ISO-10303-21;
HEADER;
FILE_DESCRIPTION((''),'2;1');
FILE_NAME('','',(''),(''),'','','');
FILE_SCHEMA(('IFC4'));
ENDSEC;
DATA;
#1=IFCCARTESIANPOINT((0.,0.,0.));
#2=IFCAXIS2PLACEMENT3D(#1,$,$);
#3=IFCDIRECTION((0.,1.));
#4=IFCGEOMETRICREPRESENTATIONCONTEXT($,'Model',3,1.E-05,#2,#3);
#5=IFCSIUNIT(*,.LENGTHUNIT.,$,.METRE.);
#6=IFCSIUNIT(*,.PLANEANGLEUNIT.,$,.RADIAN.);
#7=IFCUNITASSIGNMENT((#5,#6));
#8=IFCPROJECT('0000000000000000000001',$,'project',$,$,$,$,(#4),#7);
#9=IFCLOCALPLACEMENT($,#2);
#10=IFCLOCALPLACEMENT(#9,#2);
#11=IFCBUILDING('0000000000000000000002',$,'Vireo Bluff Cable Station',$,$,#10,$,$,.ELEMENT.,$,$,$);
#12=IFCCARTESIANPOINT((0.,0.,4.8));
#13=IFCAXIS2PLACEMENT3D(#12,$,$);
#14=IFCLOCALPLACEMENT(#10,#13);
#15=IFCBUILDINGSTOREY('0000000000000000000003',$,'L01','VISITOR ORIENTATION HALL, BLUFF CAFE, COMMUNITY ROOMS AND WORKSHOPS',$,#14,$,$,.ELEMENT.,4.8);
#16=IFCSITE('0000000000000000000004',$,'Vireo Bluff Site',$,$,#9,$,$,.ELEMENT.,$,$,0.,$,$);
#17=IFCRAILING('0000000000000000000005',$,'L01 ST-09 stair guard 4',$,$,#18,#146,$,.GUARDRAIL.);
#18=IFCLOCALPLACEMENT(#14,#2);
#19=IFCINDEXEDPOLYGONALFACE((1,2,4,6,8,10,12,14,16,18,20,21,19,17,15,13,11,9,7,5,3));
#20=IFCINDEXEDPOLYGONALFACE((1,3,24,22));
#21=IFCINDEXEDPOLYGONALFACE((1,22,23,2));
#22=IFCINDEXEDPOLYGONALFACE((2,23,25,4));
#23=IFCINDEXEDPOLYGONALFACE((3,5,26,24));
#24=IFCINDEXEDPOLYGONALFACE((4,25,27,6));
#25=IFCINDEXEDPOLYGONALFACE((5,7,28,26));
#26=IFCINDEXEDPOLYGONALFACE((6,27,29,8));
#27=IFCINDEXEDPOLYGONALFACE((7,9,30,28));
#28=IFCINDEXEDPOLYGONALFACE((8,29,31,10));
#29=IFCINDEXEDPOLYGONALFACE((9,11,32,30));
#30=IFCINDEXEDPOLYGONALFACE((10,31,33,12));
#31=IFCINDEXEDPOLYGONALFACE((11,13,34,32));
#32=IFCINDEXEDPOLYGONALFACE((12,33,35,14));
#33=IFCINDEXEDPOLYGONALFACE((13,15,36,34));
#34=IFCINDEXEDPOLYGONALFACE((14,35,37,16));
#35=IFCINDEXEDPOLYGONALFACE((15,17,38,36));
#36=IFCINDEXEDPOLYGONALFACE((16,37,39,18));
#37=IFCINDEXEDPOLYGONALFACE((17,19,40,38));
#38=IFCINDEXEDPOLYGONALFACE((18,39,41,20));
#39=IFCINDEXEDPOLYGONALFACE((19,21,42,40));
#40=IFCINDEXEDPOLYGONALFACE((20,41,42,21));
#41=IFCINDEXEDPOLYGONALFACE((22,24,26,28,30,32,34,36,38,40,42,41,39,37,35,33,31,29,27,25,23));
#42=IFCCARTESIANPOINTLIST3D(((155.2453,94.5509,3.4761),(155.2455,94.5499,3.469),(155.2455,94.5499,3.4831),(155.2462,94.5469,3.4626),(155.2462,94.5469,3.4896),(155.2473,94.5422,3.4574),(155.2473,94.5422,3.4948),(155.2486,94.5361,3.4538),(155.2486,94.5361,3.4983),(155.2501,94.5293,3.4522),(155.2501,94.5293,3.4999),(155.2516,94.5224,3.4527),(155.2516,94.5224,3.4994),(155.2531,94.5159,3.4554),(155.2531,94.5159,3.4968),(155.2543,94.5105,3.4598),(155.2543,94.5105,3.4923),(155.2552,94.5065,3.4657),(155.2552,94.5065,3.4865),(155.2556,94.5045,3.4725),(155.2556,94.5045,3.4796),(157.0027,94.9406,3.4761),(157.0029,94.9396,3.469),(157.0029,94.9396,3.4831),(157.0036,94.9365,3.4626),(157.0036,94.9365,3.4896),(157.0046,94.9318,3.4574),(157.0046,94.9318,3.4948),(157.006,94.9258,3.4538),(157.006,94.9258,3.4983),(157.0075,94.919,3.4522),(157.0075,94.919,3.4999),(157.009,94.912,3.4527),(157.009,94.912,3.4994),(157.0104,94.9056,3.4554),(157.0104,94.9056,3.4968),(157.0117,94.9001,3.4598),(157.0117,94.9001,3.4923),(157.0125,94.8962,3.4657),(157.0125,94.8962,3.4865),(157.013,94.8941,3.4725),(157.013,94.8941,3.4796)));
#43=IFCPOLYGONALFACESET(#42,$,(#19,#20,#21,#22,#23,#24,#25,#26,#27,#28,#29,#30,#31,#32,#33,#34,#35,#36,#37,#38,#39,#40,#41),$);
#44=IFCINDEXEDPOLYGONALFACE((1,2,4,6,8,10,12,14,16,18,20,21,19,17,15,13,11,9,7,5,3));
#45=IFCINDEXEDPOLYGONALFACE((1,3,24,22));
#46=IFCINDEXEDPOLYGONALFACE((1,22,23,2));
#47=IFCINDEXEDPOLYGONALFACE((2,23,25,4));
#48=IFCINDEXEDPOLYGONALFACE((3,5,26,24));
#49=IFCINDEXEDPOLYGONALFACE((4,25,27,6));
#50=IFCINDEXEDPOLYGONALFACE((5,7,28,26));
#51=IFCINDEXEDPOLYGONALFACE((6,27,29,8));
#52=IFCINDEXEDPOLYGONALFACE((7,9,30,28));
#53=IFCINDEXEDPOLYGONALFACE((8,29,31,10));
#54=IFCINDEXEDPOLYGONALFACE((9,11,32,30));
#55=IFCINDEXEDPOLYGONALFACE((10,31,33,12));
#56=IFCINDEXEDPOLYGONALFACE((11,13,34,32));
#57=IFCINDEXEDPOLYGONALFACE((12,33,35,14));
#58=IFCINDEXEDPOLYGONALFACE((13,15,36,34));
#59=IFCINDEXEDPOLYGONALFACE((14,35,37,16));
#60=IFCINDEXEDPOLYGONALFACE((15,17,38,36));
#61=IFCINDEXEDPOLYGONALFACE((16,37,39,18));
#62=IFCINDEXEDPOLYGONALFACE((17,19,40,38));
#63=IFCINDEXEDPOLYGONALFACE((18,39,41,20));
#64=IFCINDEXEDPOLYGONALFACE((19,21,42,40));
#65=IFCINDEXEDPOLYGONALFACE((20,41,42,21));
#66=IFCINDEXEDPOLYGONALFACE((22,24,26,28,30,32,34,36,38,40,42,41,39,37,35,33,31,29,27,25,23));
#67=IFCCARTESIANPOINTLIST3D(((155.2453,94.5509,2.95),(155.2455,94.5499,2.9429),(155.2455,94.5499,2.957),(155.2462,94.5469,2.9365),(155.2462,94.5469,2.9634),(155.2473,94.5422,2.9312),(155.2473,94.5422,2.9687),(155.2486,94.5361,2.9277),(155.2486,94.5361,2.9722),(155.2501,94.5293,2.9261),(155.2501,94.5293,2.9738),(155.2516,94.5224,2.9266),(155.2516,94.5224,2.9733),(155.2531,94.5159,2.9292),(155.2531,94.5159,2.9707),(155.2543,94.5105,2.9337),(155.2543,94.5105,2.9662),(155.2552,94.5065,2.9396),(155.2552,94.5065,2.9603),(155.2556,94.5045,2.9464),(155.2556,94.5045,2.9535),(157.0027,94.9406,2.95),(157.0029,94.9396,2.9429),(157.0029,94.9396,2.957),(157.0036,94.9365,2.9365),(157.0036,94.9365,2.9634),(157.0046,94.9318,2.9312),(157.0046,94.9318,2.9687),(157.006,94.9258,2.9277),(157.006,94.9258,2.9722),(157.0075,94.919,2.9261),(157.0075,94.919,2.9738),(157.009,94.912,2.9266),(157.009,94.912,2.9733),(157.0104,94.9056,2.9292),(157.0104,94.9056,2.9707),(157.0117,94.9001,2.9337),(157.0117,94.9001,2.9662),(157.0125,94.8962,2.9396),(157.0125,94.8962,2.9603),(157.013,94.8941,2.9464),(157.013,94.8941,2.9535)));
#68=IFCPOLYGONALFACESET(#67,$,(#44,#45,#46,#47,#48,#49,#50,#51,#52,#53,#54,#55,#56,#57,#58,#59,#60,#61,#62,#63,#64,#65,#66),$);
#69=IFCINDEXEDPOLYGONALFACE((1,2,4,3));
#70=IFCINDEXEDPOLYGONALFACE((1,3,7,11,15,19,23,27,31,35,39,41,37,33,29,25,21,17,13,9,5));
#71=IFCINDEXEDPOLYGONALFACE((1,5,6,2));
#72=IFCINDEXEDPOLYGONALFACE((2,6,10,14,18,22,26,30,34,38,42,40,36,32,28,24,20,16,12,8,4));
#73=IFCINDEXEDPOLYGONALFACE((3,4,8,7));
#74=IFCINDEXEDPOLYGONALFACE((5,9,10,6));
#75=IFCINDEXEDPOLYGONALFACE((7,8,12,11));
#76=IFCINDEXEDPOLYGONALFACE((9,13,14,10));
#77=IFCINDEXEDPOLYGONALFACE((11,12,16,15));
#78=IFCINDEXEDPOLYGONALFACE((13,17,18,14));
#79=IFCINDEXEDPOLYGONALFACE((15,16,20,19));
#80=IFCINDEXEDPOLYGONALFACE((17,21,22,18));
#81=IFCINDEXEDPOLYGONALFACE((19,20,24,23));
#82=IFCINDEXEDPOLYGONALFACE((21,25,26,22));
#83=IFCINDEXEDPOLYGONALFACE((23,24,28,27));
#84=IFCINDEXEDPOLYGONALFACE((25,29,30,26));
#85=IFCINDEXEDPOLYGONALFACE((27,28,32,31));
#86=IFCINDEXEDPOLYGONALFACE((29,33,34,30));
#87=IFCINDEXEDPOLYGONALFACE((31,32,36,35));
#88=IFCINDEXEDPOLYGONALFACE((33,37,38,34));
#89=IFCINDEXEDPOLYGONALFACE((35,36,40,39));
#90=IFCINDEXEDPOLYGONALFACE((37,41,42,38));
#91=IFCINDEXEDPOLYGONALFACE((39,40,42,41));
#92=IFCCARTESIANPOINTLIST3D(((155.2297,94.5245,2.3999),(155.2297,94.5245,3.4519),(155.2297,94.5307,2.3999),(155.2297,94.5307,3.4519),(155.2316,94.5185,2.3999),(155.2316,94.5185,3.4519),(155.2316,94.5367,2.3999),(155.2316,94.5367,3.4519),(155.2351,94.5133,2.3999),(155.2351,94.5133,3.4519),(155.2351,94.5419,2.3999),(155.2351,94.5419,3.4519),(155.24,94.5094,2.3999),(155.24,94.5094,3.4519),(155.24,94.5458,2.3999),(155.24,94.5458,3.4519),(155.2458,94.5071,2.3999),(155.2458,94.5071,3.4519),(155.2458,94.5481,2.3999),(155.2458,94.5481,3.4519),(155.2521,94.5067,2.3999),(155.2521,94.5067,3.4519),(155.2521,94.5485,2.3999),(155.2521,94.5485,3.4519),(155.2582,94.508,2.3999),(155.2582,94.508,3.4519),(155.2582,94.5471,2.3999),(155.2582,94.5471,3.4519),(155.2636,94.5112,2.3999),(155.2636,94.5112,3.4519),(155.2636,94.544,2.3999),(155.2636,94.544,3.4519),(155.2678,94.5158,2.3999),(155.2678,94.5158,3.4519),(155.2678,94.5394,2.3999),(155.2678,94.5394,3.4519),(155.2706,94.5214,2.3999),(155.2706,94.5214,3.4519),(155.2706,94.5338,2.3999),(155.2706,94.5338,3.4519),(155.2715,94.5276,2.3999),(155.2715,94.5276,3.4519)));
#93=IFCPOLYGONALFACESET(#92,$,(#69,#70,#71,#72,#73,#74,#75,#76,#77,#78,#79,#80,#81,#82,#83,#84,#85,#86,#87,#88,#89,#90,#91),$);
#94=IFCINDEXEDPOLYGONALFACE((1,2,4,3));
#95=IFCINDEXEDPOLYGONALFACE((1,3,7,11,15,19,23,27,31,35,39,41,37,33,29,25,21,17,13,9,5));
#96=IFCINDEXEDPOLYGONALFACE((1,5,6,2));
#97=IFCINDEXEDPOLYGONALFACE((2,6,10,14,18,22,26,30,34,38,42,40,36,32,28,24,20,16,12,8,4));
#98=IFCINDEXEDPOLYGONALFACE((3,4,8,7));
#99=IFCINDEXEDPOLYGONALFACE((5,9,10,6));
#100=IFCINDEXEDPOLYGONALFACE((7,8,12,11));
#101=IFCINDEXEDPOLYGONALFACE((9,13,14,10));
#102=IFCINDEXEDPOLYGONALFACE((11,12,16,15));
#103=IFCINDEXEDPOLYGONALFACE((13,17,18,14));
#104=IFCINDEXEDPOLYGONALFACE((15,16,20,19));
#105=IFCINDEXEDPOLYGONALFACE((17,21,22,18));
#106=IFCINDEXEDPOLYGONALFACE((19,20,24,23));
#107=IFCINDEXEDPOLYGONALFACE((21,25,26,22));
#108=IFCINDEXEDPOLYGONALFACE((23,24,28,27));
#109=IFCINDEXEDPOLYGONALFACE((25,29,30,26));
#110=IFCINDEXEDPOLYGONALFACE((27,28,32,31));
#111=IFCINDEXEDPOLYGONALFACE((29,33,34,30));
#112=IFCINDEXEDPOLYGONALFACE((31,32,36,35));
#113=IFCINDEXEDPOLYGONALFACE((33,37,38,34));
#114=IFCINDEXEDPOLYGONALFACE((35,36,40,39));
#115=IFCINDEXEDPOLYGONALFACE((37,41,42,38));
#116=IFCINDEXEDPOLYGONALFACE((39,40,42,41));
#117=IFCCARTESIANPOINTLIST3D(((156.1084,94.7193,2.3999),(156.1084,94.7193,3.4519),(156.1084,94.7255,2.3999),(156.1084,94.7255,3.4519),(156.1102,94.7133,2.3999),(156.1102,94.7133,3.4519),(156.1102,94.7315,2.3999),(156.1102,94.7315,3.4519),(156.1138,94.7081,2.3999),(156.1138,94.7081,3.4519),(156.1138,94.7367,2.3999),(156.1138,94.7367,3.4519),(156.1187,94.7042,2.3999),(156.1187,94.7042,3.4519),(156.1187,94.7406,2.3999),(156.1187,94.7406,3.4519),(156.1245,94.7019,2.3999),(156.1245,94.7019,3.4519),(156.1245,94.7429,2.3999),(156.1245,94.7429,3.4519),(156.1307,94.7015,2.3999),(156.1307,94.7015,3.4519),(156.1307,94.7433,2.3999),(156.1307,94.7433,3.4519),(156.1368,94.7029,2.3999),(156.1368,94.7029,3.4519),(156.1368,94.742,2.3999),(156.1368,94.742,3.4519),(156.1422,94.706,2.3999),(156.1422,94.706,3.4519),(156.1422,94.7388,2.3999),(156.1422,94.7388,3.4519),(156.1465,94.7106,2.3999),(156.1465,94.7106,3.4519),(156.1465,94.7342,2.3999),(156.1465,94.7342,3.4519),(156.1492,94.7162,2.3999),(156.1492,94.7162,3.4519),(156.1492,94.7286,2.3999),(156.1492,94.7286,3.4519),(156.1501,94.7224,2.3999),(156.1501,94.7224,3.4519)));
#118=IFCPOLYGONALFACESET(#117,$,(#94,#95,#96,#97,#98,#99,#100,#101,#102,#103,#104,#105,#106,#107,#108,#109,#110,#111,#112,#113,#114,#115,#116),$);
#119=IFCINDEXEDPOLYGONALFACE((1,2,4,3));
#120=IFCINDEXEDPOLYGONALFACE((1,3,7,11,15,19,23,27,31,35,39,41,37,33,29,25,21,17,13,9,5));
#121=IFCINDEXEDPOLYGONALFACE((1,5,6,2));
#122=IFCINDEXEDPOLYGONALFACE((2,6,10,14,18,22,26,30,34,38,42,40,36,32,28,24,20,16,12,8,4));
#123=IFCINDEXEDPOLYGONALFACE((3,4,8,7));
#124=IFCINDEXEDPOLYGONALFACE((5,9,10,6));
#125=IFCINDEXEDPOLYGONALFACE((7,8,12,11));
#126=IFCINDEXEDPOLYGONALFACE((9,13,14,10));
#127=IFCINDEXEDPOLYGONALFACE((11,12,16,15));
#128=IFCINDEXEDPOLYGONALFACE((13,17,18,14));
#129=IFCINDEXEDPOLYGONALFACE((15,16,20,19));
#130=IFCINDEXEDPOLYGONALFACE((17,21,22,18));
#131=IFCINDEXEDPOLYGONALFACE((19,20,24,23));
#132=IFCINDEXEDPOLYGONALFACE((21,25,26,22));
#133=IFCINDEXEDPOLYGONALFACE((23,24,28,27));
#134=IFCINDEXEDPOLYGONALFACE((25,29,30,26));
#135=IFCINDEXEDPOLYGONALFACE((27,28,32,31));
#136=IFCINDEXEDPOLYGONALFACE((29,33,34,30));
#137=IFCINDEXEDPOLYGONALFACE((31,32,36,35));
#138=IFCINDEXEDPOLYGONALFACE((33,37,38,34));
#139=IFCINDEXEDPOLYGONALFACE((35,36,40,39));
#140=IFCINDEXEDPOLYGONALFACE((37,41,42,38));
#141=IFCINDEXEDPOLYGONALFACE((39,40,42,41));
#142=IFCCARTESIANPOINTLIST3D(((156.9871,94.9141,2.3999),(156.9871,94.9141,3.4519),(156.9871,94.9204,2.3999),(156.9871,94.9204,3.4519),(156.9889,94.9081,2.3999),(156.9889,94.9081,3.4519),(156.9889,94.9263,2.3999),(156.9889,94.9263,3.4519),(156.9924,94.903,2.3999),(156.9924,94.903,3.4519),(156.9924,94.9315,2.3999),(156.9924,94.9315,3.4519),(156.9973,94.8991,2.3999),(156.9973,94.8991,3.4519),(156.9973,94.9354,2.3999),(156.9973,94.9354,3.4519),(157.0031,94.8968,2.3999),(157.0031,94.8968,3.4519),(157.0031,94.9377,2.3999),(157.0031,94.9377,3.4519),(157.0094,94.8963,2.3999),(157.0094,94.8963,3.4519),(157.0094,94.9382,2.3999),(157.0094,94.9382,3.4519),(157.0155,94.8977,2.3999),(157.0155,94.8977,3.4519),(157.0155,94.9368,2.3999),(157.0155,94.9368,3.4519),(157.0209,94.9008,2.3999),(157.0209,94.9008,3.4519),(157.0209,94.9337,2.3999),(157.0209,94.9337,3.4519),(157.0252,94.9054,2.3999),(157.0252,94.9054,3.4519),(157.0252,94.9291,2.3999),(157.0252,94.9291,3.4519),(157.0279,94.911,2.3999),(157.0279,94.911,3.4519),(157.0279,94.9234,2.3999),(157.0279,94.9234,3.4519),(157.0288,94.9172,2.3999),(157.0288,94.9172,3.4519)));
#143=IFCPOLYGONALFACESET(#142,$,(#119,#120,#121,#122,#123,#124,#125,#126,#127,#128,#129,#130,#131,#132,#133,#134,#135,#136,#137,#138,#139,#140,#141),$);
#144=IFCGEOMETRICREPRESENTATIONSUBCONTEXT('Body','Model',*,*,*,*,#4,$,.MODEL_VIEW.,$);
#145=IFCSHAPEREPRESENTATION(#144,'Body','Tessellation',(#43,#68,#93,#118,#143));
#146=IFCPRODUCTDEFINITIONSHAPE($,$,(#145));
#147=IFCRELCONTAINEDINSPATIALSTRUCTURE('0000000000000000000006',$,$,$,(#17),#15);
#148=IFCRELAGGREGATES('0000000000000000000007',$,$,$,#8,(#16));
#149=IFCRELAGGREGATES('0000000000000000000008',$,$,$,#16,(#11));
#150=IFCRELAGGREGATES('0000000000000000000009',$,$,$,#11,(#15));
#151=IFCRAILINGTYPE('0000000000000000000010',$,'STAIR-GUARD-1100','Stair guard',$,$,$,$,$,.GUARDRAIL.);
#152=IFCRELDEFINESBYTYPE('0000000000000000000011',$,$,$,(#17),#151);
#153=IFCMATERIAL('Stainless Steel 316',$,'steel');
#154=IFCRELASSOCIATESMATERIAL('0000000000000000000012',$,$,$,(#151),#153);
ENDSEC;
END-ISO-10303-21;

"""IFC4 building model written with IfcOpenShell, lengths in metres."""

from ifc_helpers import new_model, si_unit, direction, frame, origin, origin_2d, place, context, subcontext, project, spatial, circle, extrude, material, type_object, element, save


model = new_model("IFC4")

# Units and contexts
model_context = context("Model", 3, precision=1e-05, world=origin(), true_north=direction((0.0, 1.0)))
body_context = subcontext(model_context, "Body", "Model", "MODEL_VIEW")
ifc_project = project(units=[si_unit("LENGTHUNIT", "METRE"), si_unit("PLANEANGLEUNIT", "RADIAN")], contexts=[model_context])

# Site, building, storey
site_placement = place(None, origin())
site = spatial("IfcSite", under=ifc_project, at=site_placement, Name="Vireo Bluff Site", CompositionType="ELEMENT", RefElevation=0.0)
building_placement = place(site_placement, origin())
building = spatial("IfcBuilding", under=site, at=building_placement, Name="Vireo Bluff Cable Station", CompositionType="ELEMENT")
storey_placement = place(building_placement, frame((0.0, 0.0, 4.8)))
storey = spatial("IfcBuildingStorey", under=building, at=storey_placement, Name="L01", Description="VISITOR ORIENTATION HALL, BLUFF CAFE, COMMUNITY ROOMS AND WORKSHOPS", CompositionType="ELEMENT", Elevation=4.8)

# Railing
ifc_material_1 = material(Name="Stainless Steel 316", Category="steel")
railing_type_1 = type_object("IfcRailingType", Name="STAIR-GUARD-1100", Description="Stair guard", PredefinedType="GUARDRAIL", material=ifc_material_1)
railing_1_placement = place(storey_placement, frame((155.2505, 94.5276, 2.3999)))
element("IfcRailing", 1, at=railing_1_placement, inside=storey, type_object=railing_type_1, Name="L01 ST-09 stair guard 4", PredefinedType="GUARDRAIL", context=body_context, shape_type="SweptSolid", body=[
    extrude(circle(Radius=0.0239, at=origin_2d()), frame((0.0, 0.0, 1.0762), z_axis=(0.976289, 0.216471, 0.0), x_axis=(-0.216471, 0.976289, 0.0)), (0.0, 0.0, 1.0), 1.8),
    extrude(circle(Radius=0.0239, at=origin_2d()), frame((0.0, 0.0, 0.55), z_axis=(0.976289, 0.216471, 0.0), x_axis=(-0.216471, 0.976289, 0.0)), (0.0, 0.0, 1.0), 1.8),
    extrude(circle(Radius=0.021, at=origin_2d()), origin(), (0.0, 0.0, 1.0), 1.052),
    extrude(circle(Radius=0.021, at=origin_2d()), frame((0.8787, 0.1948, 0.0)), (0.0, 0.0, 1.0), 1.052),
    extrude(circle(Radius=0.021, at=origin_2d()), frame((1.7573, 0.3896, 0.0)), (0.0, 0.0, 1.0), 1.052),
])

save(model, "model.ifc")
